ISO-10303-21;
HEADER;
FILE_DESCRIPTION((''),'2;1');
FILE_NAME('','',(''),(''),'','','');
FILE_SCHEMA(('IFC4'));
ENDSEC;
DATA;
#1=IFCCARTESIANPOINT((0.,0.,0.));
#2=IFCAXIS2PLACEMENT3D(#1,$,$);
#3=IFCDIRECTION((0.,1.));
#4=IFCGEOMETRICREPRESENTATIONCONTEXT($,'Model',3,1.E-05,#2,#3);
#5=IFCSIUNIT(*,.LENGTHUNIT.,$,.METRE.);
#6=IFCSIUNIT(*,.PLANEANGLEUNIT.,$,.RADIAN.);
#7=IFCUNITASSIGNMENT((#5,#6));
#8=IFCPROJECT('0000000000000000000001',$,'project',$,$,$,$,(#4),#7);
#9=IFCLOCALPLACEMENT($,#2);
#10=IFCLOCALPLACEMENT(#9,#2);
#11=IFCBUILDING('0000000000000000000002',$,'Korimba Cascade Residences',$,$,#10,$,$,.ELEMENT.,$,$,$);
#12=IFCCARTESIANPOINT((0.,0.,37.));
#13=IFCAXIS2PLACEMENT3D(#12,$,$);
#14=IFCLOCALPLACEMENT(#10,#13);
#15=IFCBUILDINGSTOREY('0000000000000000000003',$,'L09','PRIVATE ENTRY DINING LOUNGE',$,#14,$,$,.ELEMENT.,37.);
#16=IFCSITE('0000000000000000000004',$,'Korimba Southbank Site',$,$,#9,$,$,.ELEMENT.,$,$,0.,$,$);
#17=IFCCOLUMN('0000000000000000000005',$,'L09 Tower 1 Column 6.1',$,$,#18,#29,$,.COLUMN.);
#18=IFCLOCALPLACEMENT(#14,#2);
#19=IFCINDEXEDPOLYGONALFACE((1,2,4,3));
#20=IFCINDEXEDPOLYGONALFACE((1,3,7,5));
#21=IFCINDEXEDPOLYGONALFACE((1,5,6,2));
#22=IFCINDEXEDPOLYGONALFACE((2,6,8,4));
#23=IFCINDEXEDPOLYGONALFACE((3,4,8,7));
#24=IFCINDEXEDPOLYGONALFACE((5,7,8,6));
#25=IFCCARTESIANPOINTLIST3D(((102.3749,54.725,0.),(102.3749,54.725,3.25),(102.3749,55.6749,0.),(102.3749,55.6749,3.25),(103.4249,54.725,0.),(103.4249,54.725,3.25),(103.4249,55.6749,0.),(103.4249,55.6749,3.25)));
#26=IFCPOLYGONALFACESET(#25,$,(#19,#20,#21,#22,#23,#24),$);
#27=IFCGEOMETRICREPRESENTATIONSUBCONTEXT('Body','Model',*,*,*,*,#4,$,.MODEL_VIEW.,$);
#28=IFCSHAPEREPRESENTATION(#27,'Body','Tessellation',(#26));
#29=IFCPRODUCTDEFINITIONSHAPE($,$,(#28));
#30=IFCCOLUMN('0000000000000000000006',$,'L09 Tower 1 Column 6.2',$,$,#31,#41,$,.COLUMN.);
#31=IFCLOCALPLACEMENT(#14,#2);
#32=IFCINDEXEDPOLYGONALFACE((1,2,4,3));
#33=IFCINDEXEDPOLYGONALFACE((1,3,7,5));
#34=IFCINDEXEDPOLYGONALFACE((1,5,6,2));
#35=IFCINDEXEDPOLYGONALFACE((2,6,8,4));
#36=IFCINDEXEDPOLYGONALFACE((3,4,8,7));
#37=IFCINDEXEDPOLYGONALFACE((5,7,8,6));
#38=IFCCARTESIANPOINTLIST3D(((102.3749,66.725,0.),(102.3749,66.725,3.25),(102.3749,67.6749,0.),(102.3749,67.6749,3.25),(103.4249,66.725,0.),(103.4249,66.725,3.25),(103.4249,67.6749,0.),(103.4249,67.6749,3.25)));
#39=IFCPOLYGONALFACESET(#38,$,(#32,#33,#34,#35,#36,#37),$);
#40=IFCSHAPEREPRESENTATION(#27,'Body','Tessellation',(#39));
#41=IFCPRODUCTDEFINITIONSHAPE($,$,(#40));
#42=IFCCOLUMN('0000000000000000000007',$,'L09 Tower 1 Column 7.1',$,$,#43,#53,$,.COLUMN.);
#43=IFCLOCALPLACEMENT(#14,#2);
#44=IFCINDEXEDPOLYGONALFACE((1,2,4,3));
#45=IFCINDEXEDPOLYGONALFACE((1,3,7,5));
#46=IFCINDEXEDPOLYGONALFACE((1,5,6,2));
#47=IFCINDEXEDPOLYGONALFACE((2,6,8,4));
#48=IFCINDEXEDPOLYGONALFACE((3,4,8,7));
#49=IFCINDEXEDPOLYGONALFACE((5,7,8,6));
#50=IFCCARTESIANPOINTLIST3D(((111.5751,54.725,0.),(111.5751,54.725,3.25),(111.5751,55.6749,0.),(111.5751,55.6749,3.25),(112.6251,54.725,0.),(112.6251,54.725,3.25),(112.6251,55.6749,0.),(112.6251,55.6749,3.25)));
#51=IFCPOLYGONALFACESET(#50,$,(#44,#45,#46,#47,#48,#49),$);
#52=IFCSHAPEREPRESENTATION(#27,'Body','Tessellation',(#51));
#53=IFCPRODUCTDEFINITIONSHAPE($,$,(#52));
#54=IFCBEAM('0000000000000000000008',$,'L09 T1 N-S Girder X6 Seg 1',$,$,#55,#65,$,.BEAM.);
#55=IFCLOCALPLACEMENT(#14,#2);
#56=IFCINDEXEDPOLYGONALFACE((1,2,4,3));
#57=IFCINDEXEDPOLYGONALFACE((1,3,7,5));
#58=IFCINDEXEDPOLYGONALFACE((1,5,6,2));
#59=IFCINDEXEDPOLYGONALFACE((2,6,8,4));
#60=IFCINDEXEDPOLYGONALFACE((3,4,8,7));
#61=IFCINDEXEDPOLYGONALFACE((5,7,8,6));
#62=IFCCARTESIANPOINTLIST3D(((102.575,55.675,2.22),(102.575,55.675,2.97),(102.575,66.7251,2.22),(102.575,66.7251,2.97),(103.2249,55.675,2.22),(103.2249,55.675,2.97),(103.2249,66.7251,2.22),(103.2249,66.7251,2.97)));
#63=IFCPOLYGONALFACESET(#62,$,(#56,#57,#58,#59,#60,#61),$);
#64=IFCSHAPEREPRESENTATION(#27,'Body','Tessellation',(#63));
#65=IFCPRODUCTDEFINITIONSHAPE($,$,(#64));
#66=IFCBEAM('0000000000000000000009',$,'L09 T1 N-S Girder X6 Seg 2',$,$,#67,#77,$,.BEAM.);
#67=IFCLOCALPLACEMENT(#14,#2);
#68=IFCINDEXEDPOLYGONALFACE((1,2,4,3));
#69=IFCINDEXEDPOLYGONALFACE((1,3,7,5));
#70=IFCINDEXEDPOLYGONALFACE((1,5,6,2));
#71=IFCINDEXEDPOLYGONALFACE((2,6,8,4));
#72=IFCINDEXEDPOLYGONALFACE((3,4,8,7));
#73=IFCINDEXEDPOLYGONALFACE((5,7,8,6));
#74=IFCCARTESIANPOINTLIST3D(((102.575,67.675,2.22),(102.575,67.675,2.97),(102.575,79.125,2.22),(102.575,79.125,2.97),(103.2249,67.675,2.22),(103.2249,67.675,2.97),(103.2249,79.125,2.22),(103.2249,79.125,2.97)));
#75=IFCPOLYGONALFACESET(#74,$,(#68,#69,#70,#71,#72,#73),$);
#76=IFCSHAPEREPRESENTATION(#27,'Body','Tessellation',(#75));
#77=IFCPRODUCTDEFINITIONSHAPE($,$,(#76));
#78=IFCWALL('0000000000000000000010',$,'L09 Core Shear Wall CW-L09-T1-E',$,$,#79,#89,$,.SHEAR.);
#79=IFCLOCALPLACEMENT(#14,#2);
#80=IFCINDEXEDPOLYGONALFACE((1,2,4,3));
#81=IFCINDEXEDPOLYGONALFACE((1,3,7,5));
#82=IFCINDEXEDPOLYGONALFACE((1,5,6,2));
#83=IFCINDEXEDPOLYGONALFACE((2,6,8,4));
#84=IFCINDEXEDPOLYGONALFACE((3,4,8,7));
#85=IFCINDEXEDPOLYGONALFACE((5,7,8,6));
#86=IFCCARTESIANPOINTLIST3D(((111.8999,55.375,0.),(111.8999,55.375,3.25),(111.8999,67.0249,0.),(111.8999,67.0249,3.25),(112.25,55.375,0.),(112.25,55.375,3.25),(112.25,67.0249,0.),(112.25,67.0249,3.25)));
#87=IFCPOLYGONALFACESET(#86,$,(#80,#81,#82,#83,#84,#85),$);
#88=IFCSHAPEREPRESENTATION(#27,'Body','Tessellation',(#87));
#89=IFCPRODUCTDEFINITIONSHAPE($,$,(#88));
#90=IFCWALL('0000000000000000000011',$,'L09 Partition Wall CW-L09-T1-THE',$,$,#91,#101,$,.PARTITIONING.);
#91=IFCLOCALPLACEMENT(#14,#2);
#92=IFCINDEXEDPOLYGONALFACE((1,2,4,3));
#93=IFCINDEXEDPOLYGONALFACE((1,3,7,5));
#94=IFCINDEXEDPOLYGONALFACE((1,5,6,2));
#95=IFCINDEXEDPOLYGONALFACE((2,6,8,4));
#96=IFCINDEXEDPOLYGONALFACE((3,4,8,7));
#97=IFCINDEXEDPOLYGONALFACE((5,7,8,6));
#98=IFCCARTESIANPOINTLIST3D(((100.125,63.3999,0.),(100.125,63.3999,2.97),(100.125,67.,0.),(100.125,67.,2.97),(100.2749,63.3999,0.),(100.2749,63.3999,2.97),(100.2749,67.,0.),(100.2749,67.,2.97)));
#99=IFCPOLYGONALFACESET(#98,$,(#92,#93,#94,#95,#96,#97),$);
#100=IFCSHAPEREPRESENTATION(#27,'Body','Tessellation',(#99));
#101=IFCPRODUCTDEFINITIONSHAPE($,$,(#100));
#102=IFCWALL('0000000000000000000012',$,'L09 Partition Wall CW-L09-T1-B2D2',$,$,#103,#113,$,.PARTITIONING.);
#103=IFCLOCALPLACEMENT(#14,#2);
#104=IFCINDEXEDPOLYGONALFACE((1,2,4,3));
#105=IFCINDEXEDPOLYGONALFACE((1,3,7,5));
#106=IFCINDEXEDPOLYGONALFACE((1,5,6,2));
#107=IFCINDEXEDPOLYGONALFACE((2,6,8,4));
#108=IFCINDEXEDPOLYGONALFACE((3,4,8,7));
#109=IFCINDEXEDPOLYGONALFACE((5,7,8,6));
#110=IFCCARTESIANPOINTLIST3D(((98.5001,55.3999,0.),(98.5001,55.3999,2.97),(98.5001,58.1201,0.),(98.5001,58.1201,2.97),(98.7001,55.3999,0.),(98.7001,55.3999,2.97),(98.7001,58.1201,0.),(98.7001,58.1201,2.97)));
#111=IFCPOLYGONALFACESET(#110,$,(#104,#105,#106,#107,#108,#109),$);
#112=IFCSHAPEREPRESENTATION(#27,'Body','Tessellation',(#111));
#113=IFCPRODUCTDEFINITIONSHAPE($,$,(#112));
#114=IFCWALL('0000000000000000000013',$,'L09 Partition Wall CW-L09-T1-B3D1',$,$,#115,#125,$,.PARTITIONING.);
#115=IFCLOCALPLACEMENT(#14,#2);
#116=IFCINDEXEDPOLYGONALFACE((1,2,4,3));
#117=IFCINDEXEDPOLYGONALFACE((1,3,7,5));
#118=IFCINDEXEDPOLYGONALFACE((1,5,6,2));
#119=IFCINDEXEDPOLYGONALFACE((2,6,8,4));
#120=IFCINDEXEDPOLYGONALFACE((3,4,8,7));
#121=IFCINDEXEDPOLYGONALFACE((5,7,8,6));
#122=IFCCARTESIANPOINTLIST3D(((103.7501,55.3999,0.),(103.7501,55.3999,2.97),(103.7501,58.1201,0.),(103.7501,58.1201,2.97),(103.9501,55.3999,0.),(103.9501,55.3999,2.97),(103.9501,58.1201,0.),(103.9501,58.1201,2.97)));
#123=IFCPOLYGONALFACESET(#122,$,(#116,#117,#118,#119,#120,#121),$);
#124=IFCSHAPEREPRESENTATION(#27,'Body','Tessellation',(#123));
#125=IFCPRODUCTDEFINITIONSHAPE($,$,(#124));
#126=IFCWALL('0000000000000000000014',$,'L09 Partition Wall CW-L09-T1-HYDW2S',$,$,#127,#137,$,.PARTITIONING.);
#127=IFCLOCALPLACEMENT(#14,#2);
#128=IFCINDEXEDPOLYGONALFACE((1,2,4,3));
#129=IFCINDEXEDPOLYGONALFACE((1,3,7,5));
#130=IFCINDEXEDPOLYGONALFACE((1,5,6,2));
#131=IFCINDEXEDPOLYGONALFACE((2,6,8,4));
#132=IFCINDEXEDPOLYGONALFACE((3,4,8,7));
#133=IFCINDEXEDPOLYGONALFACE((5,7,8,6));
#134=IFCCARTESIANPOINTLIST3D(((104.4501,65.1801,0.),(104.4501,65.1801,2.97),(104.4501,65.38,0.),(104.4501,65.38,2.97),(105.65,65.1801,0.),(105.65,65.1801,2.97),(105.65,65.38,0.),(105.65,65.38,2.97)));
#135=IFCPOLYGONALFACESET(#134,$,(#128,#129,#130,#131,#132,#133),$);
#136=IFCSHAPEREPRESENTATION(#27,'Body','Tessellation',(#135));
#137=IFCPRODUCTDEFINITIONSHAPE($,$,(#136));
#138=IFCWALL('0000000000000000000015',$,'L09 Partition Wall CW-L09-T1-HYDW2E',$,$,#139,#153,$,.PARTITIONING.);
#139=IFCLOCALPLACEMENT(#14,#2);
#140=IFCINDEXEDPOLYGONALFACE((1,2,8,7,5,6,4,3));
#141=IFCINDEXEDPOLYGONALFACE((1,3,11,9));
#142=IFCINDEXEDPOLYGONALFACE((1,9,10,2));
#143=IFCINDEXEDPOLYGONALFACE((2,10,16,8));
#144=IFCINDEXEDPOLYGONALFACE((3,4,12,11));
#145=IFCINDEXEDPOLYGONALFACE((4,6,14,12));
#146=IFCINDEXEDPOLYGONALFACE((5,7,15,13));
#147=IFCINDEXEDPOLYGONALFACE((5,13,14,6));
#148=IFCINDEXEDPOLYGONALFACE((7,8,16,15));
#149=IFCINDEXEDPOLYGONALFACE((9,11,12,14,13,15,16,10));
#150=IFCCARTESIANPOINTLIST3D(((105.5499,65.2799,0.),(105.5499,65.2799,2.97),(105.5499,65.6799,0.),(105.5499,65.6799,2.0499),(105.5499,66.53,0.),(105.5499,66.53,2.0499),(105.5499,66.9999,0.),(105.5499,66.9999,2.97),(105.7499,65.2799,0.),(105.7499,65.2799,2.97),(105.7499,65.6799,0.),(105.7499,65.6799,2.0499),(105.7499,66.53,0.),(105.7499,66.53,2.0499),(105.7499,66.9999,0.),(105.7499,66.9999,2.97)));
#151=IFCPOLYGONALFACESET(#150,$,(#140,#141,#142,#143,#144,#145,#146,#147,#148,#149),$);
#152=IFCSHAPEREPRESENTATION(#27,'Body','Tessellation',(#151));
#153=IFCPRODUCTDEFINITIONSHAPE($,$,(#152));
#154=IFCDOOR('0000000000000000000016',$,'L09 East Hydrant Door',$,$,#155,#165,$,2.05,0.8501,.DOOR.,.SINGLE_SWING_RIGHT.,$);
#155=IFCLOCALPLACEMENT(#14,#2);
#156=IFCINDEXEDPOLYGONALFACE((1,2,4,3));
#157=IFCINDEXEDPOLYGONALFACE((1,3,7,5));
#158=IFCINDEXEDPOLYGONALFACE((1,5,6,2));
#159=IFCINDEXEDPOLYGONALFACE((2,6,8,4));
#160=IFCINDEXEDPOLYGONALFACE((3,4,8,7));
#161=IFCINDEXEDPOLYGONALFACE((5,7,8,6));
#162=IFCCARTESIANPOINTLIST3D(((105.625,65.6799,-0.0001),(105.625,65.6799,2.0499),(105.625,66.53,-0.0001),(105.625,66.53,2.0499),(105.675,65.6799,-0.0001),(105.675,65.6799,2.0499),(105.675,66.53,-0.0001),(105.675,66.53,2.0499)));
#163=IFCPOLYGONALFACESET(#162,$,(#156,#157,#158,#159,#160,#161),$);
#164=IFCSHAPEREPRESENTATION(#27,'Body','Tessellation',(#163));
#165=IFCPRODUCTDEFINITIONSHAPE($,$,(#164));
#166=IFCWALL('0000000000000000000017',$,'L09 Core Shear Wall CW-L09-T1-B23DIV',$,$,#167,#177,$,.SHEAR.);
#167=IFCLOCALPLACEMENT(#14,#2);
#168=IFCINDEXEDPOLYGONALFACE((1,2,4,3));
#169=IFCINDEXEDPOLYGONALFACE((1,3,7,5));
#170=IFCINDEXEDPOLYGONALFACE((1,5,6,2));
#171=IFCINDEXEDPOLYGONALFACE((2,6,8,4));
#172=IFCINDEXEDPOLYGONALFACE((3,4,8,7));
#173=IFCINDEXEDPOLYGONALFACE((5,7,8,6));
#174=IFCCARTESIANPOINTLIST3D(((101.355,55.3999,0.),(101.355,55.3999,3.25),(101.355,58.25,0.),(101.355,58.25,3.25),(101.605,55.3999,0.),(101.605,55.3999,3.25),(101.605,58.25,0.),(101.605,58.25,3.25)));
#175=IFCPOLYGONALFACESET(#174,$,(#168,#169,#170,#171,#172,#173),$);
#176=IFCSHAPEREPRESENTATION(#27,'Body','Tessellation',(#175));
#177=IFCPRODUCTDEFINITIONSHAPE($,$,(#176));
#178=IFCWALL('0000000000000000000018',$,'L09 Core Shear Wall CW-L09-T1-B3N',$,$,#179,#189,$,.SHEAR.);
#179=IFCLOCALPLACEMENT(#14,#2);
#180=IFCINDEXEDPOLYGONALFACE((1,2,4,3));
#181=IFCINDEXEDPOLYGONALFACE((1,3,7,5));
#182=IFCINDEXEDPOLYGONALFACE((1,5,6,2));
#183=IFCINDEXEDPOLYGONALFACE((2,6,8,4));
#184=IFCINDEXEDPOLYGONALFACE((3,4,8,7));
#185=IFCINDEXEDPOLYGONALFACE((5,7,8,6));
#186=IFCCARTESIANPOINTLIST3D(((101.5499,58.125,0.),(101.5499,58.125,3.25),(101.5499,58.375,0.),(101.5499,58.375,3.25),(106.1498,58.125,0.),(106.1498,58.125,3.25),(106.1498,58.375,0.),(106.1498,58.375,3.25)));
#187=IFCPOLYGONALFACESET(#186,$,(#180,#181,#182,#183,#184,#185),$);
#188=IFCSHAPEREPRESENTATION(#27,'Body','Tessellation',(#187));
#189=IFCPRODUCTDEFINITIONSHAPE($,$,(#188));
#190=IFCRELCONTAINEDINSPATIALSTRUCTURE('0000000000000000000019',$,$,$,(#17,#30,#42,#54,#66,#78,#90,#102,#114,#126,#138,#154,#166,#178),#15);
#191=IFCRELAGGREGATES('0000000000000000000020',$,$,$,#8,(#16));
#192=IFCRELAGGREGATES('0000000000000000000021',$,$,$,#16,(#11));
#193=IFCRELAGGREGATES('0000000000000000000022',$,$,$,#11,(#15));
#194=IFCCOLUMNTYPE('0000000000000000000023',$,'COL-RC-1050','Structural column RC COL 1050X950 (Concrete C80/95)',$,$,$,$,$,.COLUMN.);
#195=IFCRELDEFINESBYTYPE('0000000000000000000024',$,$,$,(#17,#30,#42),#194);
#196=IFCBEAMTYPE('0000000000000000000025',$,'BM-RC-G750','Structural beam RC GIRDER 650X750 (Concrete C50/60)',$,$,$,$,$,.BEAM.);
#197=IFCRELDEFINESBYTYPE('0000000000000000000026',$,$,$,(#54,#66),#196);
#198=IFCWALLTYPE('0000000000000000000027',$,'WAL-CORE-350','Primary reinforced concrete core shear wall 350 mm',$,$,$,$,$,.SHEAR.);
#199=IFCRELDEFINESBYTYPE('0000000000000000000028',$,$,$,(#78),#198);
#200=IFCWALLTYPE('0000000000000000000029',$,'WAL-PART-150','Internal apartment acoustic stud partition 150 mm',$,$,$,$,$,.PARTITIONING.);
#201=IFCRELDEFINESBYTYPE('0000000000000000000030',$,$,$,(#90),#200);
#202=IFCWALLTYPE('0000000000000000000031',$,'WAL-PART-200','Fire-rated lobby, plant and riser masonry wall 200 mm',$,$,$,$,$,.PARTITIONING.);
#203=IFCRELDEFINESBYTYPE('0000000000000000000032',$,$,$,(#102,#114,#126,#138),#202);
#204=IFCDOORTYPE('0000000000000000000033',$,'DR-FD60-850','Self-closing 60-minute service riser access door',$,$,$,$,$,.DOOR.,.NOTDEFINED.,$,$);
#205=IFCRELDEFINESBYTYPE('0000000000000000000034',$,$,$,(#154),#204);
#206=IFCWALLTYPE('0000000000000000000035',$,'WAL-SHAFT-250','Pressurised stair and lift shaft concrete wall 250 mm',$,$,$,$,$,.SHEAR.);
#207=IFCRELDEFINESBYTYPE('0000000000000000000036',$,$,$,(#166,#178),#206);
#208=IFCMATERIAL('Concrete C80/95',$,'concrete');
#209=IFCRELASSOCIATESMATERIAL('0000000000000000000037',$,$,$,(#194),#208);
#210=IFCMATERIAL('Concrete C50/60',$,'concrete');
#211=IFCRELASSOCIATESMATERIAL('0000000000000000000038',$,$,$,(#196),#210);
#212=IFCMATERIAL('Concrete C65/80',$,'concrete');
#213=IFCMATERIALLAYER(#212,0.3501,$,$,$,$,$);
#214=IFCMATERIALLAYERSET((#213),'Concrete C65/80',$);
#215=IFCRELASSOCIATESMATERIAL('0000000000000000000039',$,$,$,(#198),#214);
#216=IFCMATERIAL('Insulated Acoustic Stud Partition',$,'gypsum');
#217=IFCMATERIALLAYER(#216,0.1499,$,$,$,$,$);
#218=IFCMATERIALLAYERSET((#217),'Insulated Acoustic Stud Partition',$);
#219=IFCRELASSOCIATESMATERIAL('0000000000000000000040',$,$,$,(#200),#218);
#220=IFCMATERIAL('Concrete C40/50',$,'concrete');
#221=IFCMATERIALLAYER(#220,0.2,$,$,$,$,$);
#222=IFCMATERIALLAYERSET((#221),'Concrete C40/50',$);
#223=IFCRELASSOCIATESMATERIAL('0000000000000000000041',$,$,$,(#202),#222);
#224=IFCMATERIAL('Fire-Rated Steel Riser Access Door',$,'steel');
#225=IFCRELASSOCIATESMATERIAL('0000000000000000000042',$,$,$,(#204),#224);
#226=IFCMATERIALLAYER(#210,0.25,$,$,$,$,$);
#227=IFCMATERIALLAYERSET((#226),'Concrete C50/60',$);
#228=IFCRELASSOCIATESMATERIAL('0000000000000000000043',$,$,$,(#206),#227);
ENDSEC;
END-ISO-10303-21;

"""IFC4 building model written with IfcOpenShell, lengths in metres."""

from ifc_helpers import new_model, si_unit, direction, frame, frame_2d, origin, origin_2d, place, context, subcontext, project, spatial, rectangle, extrude, material, layer, layer_set, material_profile, profile_set, type_object, element, fill, save


model = new_model("IFC4")

# Units and contexts
model_context = context("Model", 3, precision=1e-05, world=origin(), true_north=direction((0.0, 1.0)))
body_context = subcontext(model_context, "Body", "Model", "MODEL_VIEW")
ifc_project = project(units=[si_unit("LENGTHUNIT", "METRE"), si_unit("PLANEANGLEUNIT", "RADIAN")], contexts=[model_context])

# Site, building, storey
site_placement = place(None, origin())
site = spatial("IfcSite", under=ifc_project, at=site_placement, Name="Korimba Southbank Site", CompositionType="ELEMENT", RefElevation=0.0)
building_placement = place(site_placement, origin())
building = spatial("IfcBuilding", under=site, at=building_placement, Name="Korimba Cascade Residences", CompositionType="ELEMENT")
storey_placement = place(building_placement, frame((0.0, 0.0, 37.0)))
storey = spatial("IfcBuildingStorey", under=building, at=storey_placement, Name="L09", Description="PRIVATE ENTRY DINING LOUNGE", CompositionType="ELEMENT", Elevation=37.0)

# Columns
ifc_material_1 = material(Name="Concrete C80/95", Category="concrete")
ifc_material_profile_1 = material_profile(ifc_material_1, rectangle(XDim=1.05, YDim=0.95, at=origin_2d()), Name="Concrete C80/95")
ifc_profile_set_1 = profile_set([ifc_material_profile_1], Name="Concrete C80/95")
column_type = type_object("IfcColumnType", Name="COL-RC-1050", Description="Structural column RC COL 1050X950 (Concrete C80/95)", PredefinedType="COLUMN", material=ifc_profile_set_1)
for number, where, z_axis, x_axis, name in (
    (1, (102.8999, 55.2, 0.0), (0.0, 0.0, 1.0), (1.0, 0.0, 0.0), "L09 Tower 1 Column 6.1"),
    (2, (102.8999, 67.2, 0.0), (0.0, 0.0, 1.0), (1.0, 0.0, 0.0), "L09 Tower 1 Column 6.2"),
    (3, (112.1001, 55.2, 0.0), (0.0, 0.0, 1.0), (1.0, 0.0, 0.0), "L09 Tower 1 Column 7.1"),
):
    element("IfcColumn", number, at=place(storey_placement, frame(where, z_axis=z_axis, x_axis=x_axis)), inside=storey, type_object=column_type, Name=name, PredefinedType="COLUMN", context=body_context, shape_type="SweptSolid", body=[
        extrude(rectangle(XDim=1.05, YDim=0.95, at=origin_2d()), origin(), (0.0, 0.0, 1.0), 3.25),
    ])

# Beams
ifc_material_2 = material(Name="Concrete C50/60", Category="concrete")
ifc_material_profile_2 = material_profile(ifc_material_2, rectangle(XDim=0.6499, YDim=0.75, at=origin_2d()), Name="Concrete C50/60")
ifc_profile_set_2 = profile_set([ifc_material_profile_2], Name="Concrete C50/60")
beam_type = type_object("IfcBeamType", Name="BM-RC-G750", Description="Structural beam RC GIRDER 650X750 (Concrete C50/60)", PredefinedType="BEAM", material=ifc_profile_set_2)
beam_1_placement = place(storey_placement, frame((102.8999, 55.675, 2.595), z_axis=(0.0, 1.0, 0.0), x_axis=(-1.0, 0.0, 0.0)))
element("IfcBeam", 4, at=beam_1_placement, inside=storey, type_object=beam_type, Name="L09 T1 N-S Girder X6 Seg 1", PredefinedType="BEAM", context=body_context, shape_type="SweptSolid", body=[
    extrude(rectangle(XDim=0.6499, YDim=0.75, at=origin_2d()), origin(), (0.0, 0.0, 1.0), 11.05),
])
beam_2_placement = place(storey_placement, frame((102.8999, 67.675, 2.595), z_axis=(0.0, 1.0, 0.0), x_axis=(-1.0, 0.0, 0.0)))
element("IfcBeam", 5, at=beam_2_placement, inside=storey, type_object=beam_type, Name="L09 T1 N-S Girder X6 Seg 2", PredefinedType="BEAM", context=body_context, shape_type="SweptSolid", body=[
    extrude(rectangle(XDim=0.6499, YDim=0.75, at=origin_2d()), origin(), (0.0, 0.0, 1.0), 11.45),
])

# Walls
ifc_material_3 = material(Name="Concrete C65/80", Category="concrete")
ifc_layer_1 = layer(ifc_material_3, 0.3501)
ifc_layer_set_1 = layer_set([ifc_layer_1], Name="Concrete C65/80")
wall_type_1 = type_object("IfcWallType", Name="WAL-CORE-350", Description="Primary reinforced concrete core shear wall 350 mm", PredefinedType="SHEAR", material=ifc_layer_set_1)
wall_1_placement = place(storey_placement, frame((112.075, 55.375, 0.0), z_axis=(0.0, 0.0, 1.0), x_axis=(0.0, 1.0, 0.0)))
element("IfcWall", 6, at=wall_1_placement, inside=storey, type_object=wall_type_1, Name="L09 Core Shear Wall CW-L09-T1-E", PredefinedType="SHEAR", context=body_context, shape_type="SweptSolid", body=[
    extrude(rectangle(XDim=11.6499, YDim=0.3501, at=frame_2d((5.825, 0.0))), origin(), (0.0, 0.0, 1.0), 3.25),
])
ifc_material_4 = material(Name="Insulated Acoustic Stud Partition", Category="gypsum")
ifc_layer_2 = layer(ifc_material_4, 0.1499)
ifc_layer_set_2 = layer_set([ifc_layer_2], Name="Insulated Acoustic Stud Partition")
wall_type_2 = type_object("IfcWallType", Name="WAL-PART-150", Description="Internal apartment acoustic stud partition 150 mm", PredefinedType="PARTITIONING", material=ifc_layer_set_2)
wall_2_placement = place(storey_placement, frame((100.2, 63.3999, 0.0), z_axis=(0.0, 0.0, 1.0), x_axis=(0.0, 1.0, 0.0)))
element("IfcWall", 7, at=wall_2_placement, inside=storey, type_object=wall_type_2, Name="L09 Partition Wall CW-L09-T1-THE", PredefinedType="PARTITIONING", context=body_context, shape_type="SweptSolid", body=[
    extrude(rectangle(XDim=3.6001, YDim=0.1499, at=frame_2d((1.8, 0.0))), origin(), (0.0, 0.0, 1.0), 2.97),
])
ifc_material_5 = material(Name="Concrete C40/50", Category="concrete")
ifc_layer_3 = layer(ifc_material_5, 0.2)
ifc_layer_set_3 = layer_set([ifc_layer_3], Name="Concrete C40/50")
wall_type_3 = type_object("IfcWallType", Name="WAL-PART-200", Description="Fire-rated lobby, plant and riser masonry wall 200 mm", PredefinedType="PARTITIONING", material=ifc_layer_set_3)
for number, where, z_axis, x_axis, name in (
    (8, (98.6001, 55.3999, 0.0), (0.0, 0.0, 1.0), (0.0, 1.0, 0.0), "L09 Partition Wall CW-L09-T1-B2D2"),
    (9, (103.8501, 55.3999, 0.0), (0.0, 0.0, 1.0), (0.0, 1.0, 0.0), "L09 Partition Wall CW-L09-T1-B3D1"),
):
    element("IfcWall", number, at=place(storey_placement, frame(where, z_axis=z_axis, x_axis=x_axis)), inside=storey, type_object=wall_type_3, Name=name, PredefinedType="PARTITIONING", context=body_context, shape_type="SweptSolid", body=[
        extrude(rectangle(XDim=2.7202, YDim=0.2, at=frame_2d((1.3601, 0.0))), origin(), (0.0, 0.0, 1.0), 2.97),
    ])
wall_3_placement = place(storey_placement, frame((104.45, 65.28, 0.0), z_axis=(0.0, 0.0, 1.0), x_axis=(1.0, 0.0, 0.0)))
element("IfcWall", 10, at=wall_3_placement, inside=storey, type_object=wall_type_3, Name="L09 Partition Wall CW-L09-T1-HYDW2S", PredefinedType="PARTITIONING", context=body_context, shape_type="SweptSolid", body=[
    extrude(rectangle(XDim=1.2, YDim=0.2, at=frame_2d((0.6001, 0.0))), origin(), (0.0, 0.0, 1.0), 2.97),
])

# Wall, opening, door
wall_4_placement = place(storey_placement, frame((105.6499, 65.28, 0.0), z_axis=(0.0, 0.0, 1.0), x_axis=(0.0, 1.0, 0.0)))
wall_4 = element("IfcWall", 11, at=wall_4_placement, inside=storey, type_object=wall_type_3, Name="L09 Partition Wall CW-L09-T1-HYDW2E", PredefinedType="PARTITIONING", context=body_context, shape_type="SweptSolid", body=[
    extrude(rectangle(XDim=1.72, YDim=0.2, at=frame_2d((0.8599, 0.0))), origin(), (0.0, 0.0, 1.0), 2.97),
])
opening_1_placement = place(wall_4_placement, frame((0.3999, 0.0, 0.0)))
opening_1 = element("IfcOpeningElement", 12, at=opening_1_placement, cuts=wall_4, PredefinedType="OPENING", context=body_context, shape_type="SweptSolid", body=[
    extrude(rectangle(XDim=0.8501, YDim=2.05, at=frame_2d((0.425, 1.0249))), frame((0.0, 0.1099, 0.0), z_axis=(0.0, -1.0, 0.0), x_axis=(1.0, 0.0, 0.0)), (0.0, 0.0, 1.0), 0.22),
])
ifc_material_6 = material(Name="Fire-Rated Steel Riser Access Door", Category="steel")
door_type_1 = type_object("IfcDoorType", Name="DR-FD60-850", Description="Self-closing 60-minute service riser access door", OperationType="NOTDEFINED", PredefinedType="DOOR", material=ifc_material_6)
door_1_placement = place(opening_1_placement, origin())
door_1 = element("IfcDoor", 13, at=door_1_placement, inside=storey, type_object=door_type_1, Name="L09 East Hydrant Door", OperationType="SINGLE_SWING_RIGHT", OverallHeight=2.05, OverallWidth=0.8501, PredefinedType="DOOR", context=body_context, shape_type="SweptSolid", body=[
    extrude(rectangle(XDim=0.8501, YDim=2.05, at=frame_2d((0.425, 1.0249))), frame((0.0, 0.0249, 0.0), z_axis=(0.0, -1.0, 0.0), x_axis=(1.0, 0.0, 0.0)), (0.0, 0.0, 1.0), 0.05),
])
fill(opening_1, door_1)

# Walls
ifc_layer_4 = layer(ifc_material_2, 0.25)
ifc_layer_set_4 = layer_set([ifc_layer_4], Name="Concrete C50/60")
wall_type_4 = type_object("IfcWallType", Name="WAL-SHAFT-250", Description="Pressurised stair and lift shaft concrete wall 250 mm", PredefinedType="SHEAR", material=ifc_layer_set_4)
wall_5_placement = place(storey_placement, frame((101.48, 55.3999, 0.0), z_axis=(0.0, 0.0, 1.0), x_axis=(0.0, 1.0, 0.0)))
element("IfcWall", 14, at=wall_5_placement, inside=storey, type_object=wall_type_4, Name="L09 Core Shear Wall CW-L09-T1-B23DIV", PredefinedType="SHEAR", context=body_context, shape_type="SweptSolid", body=[
    extrude(rectangle(XDim=2.8501, YDim=0.25, at=frame_2d((1.425, 0.0))), origin(), (0.0, 0.0, 1.0), 3.25),
])
wall_6_placement = place(storey_placement, frame((101.55, 58.25, 0.0), z_axis=(0.0, 0.0, 1.0), x_axis=(1.0, 0.0, 0.0)))
element("IfcWall", 15, at=wall_6_placement, inside=storey, type_object=wall_type_4, Name="L09 Core Shear Wall CW-L09-T1-B3N", PredefinedType="SHEAR", context=body_context, shape_type="SweptSolid", body=[
    extrude(rectangle(XDim=4.5999, YDim=0.25, at=frame_2d((2.2998, 0.0))), origin(), (0.0, 0.0, 1.0), 3.25),
])

save(model, "model.ifc")
